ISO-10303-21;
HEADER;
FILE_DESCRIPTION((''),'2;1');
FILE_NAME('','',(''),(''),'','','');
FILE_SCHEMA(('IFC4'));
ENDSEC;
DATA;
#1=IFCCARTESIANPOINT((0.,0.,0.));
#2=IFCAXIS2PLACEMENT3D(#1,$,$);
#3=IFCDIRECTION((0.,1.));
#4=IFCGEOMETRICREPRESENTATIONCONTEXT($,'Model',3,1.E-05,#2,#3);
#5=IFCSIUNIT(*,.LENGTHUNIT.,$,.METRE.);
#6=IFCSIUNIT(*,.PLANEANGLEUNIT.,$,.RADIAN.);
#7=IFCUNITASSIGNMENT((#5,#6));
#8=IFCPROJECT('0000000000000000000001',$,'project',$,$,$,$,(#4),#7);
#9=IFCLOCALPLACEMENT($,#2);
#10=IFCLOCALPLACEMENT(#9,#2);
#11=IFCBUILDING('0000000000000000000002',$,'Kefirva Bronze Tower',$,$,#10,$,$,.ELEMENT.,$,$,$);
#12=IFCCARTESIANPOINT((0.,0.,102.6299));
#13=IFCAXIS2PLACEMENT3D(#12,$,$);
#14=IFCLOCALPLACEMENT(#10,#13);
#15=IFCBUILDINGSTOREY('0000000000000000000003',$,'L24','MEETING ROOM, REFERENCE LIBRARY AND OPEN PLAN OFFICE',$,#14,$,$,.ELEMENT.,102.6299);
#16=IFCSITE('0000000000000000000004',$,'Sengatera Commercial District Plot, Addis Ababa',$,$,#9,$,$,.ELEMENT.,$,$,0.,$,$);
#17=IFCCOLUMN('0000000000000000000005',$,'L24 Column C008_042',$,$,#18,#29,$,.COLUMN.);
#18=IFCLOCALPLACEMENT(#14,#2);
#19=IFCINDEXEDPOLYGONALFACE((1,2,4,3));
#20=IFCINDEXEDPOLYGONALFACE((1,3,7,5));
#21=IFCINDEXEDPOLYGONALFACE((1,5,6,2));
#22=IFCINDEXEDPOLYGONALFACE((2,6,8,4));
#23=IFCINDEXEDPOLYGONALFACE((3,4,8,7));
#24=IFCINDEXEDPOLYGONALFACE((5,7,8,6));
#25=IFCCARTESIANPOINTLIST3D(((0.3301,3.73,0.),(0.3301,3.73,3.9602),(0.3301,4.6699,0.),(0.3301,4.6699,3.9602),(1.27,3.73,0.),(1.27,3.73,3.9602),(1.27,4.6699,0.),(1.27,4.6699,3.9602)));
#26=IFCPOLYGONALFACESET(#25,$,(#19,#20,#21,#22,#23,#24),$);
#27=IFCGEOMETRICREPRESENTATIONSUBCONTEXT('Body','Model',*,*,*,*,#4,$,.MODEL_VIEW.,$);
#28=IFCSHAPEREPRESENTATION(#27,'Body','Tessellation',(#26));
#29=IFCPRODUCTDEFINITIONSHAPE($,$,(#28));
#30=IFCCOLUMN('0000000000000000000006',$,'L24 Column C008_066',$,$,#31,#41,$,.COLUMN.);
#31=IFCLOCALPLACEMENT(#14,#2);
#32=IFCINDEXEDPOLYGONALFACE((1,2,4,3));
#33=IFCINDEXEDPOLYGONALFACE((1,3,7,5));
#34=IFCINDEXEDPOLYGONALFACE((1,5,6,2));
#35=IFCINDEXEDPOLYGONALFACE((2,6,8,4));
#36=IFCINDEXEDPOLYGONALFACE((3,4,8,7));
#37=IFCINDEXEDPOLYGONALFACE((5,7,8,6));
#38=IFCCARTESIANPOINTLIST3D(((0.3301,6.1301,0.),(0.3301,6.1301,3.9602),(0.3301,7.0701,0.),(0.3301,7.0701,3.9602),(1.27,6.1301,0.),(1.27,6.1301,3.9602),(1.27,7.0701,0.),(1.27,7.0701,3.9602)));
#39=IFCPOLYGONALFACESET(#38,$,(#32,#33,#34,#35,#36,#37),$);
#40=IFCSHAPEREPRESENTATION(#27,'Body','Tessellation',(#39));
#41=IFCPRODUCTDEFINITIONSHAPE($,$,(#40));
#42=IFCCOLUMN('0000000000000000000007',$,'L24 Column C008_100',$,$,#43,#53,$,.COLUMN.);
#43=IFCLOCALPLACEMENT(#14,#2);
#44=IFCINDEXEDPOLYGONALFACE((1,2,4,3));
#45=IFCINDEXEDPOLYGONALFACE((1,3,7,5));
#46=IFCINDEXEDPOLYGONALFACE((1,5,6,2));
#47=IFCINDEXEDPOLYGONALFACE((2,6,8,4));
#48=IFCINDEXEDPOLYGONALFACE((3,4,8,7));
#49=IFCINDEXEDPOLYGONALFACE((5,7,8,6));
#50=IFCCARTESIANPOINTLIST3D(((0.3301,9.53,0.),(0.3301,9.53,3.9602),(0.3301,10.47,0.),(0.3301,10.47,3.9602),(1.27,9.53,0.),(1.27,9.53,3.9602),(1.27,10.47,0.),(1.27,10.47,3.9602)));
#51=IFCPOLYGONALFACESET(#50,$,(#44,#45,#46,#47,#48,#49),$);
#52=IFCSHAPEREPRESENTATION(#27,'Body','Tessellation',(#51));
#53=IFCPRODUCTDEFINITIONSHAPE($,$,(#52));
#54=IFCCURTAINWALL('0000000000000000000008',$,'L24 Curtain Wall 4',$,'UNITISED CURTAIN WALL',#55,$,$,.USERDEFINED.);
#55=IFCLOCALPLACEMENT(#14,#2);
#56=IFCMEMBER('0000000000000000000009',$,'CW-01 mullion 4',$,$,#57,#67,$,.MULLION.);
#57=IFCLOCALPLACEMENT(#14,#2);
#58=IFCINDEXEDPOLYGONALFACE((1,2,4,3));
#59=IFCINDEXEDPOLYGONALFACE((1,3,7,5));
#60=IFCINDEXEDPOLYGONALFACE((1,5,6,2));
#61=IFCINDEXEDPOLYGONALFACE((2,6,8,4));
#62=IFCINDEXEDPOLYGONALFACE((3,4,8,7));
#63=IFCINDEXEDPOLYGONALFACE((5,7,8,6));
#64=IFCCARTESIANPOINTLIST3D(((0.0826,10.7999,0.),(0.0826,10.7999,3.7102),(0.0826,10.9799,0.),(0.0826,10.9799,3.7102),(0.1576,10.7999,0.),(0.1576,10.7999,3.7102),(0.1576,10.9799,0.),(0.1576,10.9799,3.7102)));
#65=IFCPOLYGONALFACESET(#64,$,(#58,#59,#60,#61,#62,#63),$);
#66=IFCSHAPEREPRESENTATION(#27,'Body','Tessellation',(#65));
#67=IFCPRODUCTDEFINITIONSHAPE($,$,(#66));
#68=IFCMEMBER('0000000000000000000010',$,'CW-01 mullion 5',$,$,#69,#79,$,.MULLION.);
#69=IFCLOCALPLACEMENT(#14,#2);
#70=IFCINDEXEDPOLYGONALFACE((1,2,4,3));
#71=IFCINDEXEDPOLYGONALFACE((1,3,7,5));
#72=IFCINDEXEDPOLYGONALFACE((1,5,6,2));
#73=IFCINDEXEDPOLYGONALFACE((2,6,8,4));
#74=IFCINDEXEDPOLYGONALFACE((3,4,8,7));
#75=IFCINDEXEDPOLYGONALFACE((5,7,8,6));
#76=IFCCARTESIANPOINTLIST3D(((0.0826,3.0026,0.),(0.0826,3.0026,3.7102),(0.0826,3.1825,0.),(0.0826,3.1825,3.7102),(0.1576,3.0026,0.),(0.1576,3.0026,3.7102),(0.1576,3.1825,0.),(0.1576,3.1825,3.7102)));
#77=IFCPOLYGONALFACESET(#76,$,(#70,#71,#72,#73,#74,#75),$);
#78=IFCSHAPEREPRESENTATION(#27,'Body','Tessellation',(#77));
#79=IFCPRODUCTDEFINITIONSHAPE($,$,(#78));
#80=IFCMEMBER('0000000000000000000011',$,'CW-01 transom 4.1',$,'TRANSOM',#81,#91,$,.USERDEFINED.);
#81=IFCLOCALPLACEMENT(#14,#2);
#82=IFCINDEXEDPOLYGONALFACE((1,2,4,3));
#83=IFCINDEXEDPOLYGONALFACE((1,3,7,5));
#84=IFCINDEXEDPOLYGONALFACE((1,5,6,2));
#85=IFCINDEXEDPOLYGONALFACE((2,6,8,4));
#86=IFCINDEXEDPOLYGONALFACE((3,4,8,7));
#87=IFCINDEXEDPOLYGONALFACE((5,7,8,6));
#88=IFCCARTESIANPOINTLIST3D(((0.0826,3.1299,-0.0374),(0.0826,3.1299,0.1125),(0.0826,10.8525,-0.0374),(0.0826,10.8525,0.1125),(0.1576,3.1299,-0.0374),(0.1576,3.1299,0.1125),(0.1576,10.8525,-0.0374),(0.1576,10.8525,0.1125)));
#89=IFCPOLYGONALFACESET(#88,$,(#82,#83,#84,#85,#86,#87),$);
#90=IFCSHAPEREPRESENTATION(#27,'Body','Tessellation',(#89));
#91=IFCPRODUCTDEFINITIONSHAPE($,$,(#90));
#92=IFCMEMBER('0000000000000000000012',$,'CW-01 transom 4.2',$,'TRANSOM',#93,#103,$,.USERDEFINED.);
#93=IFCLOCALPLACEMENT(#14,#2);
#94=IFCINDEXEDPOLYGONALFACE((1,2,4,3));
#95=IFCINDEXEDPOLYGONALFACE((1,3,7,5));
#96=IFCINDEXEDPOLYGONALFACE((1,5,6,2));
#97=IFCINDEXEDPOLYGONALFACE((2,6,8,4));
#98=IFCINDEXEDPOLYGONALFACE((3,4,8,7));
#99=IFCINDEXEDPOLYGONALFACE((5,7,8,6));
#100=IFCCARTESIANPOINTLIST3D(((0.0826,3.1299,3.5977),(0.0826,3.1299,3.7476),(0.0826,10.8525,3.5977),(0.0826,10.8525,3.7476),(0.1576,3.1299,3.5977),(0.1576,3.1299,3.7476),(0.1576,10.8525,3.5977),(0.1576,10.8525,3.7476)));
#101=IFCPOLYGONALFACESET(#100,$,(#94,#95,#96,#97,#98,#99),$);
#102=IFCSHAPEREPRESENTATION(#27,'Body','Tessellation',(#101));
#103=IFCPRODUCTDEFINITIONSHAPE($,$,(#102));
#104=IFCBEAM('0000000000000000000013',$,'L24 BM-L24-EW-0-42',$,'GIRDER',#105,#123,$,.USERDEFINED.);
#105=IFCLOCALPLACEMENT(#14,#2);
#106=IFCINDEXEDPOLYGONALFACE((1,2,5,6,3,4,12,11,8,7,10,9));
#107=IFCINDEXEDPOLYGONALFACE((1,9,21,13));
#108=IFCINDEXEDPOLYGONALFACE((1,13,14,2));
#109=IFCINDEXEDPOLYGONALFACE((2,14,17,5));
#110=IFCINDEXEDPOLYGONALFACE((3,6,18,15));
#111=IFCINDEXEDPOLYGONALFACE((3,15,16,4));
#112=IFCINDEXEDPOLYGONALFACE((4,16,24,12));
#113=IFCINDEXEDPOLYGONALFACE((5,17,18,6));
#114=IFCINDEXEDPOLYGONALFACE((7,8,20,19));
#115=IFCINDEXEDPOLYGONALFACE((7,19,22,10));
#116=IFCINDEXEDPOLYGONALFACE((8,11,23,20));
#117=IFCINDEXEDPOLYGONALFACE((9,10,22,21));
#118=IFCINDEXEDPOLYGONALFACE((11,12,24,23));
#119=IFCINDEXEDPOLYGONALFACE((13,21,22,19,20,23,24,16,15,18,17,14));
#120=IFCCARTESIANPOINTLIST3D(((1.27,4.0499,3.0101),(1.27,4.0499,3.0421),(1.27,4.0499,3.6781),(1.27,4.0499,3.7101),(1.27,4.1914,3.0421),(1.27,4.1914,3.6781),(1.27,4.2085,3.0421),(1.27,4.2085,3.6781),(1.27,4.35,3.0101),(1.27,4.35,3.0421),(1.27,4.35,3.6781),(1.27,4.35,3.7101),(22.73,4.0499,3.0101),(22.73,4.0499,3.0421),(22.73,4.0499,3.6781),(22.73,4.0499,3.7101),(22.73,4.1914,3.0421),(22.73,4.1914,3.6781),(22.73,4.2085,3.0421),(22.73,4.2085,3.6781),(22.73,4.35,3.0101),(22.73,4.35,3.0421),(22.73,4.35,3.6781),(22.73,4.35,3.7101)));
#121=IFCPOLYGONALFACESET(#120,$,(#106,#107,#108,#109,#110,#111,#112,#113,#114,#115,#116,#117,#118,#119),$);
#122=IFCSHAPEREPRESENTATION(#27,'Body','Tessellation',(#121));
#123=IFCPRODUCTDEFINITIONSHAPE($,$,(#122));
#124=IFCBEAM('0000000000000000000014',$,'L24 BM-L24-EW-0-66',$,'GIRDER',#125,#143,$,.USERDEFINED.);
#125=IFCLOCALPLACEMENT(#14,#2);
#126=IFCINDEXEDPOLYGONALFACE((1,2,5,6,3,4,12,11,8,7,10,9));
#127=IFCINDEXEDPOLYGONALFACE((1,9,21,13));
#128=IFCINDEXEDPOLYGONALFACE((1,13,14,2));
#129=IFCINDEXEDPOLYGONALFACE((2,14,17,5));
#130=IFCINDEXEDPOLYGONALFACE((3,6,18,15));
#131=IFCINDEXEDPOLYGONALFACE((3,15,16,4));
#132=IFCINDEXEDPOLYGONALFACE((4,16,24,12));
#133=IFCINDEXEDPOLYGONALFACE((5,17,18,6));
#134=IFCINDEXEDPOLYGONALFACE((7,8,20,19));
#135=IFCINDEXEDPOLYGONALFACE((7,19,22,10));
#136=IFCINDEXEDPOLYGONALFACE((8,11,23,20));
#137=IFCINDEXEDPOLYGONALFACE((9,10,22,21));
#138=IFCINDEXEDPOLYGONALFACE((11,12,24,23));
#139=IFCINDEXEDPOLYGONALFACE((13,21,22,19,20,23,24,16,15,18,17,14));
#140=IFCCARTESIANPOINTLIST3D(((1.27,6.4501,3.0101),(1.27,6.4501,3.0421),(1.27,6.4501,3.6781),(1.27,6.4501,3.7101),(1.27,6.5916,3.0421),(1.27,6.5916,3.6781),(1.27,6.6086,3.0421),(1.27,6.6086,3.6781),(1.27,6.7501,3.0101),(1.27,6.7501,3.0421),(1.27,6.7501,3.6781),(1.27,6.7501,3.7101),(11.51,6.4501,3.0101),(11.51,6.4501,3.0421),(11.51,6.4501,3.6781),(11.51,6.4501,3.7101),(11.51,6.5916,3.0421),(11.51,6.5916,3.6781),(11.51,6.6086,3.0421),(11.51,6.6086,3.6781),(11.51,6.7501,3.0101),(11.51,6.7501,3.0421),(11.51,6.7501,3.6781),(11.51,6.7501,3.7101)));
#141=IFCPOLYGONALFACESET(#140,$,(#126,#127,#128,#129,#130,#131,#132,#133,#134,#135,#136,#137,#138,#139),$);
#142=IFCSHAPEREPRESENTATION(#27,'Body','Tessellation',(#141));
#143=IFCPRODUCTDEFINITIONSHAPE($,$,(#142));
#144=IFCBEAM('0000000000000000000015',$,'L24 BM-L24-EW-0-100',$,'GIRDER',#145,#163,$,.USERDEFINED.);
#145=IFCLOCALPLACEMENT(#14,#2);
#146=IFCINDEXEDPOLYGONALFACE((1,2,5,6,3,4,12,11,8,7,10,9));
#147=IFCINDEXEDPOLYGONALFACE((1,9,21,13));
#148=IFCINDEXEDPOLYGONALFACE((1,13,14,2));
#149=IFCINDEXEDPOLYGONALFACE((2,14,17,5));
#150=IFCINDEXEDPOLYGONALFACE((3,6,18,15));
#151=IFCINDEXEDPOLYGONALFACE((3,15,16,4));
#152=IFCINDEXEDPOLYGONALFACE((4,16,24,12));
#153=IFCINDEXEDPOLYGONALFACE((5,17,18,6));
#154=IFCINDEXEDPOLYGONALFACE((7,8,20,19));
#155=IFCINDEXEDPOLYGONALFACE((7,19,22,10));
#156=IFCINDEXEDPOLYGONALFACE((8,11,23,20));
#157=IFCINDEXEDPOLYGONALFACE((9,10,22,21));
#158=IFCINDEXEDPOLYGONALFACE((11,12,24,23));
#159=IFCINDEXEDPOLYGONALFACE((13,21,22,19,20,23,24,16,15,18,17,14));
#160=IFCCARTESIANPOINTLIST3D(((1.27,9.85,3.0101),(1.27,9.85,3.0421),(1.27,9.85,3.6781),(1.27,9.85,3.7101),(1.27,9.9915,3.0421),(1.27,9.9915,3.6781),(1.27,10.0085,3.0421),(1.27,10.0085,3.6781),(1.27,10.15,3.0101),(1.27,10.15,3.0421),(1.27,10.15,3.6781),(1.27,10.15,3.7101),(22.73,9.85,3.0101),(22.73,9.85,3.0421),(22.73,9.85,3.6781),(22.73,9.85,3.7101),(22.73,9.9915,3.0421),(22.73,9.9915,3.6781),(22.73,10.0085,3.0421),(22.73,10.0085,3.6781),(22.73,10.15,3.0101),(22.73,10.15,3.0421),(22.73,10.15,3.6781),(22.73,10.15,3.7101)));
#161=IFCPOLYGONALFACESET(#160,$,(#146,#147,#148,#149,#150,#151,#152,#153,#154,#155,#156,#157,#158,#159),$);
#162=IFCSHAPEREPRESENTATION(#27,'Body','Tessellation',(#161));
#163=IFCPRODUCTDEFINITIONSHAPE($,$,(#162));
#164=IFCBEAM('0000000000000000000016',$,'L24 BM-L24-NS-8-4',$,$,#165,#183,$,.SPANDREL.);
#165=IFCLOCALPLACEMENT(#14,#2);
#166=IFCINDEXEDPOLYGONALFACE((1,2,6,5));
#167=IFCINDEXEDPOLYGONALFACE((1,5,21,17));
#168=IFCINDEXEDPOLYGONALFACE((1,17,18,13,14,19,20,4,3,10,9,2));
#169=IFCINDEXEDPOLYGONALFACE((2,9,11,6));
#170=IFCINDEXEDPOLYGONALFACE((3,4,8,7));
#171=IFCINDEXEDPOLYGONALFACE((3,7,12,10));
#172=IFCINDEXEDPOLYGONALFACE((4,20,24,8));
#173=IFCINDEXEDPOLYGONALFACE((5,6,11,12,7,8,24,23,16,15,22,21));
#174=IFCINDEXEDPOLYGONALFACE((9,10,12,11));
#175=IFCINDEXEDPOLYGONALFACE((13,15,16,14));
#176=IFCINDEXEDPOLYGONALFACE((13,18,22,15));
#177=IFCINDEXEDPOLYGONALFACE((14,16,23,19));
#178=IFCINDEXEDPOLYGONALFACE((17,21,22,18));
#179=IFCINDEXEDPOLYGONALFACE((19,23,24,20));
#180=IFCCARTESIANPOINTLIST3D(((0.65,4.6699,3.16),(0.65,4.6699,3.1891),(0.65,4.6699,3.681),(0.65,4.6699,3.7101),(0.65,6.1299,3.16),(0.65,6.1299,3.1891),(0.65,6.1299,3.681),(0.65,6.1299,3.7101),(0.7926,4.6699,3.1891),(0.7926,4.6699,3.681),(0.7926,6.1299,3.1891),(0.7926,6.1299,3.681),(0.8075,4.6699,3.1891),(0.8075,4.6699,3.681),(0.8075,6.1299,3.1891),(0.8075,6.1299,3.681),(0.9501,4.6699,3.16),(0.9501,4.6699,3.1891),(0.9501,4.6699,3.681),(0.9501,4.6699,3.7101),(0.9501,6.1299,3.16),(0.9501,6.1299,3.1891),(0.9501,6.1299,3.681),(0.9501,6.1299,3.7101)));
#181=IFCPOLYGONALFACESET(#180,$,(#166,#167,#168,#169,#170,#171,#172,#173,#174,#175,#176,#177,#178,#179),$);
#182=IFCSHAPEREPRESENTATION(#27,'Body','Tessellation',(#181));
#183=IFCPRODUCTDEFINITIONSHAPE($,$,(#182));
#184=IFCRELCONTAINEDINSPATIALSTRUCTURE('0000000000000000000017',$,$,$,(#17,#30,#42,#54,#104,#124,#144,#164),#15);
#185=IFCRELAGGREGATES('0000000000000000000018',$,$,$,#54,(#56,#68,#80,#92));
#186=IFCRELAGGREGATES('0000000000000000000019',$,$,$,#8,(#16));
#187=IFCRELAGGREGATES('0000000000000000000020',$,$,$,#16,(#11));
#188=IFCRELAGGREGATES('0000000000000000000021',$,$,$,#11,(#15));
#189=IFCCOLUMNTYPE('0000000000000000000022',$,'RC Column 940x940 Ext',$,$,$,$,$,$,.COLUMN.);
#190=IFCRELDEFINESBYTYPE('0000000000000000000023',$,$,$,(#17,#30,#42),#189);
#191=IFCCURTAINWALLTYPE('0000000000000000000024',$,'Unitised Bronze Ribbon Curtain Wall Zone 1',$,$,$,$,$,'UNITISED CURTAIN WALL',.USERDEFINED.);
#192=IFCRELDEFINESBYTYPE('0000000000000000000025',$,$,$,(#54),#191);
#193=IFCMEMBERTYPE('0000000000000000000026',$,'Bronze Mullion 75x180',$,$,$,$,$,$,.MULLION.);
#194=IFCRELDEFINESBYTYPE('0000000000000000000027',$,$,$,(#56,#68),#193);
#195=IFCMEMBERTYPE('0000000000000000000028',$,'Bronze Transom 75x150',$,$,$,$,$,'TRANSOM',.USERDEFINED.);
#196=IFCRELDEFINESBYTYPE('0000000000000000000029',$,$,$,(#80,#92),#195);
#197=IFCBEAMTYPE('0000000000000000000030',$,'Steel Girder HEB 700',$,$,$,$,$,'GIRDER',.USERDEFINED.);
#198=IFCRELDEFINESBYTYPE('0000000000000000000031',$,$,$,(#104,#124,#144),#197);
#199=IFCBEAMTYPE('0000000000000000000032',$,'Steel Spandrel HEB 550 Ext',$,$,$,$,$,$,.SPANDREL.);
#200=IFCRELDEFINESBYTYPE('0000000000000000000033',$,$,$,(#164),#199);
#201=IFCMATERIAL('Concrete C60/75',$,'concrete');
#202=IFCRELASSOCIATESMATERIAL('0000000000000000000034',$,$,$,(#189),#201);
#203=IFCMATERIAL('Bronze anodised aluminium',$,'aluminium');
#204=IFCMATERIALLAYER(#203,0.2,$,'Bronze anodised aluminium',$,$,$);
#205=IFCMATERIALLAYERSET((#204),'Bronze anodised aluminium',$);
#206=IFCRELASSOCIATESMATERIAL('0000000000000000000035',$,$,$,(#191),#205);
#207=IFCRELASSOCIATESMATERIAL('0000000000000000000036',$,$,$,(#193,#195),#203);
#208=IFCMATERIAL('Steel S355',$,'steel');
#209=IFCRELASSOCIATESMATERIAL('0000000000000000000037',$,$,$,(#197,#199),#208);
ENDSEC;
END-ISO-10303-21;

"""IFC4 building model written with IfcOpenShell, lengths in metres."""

from ifc_helpers import new_model, si_unit, direction, frame, origin, origin_2d, place, context, subcontext, project, spatial, rectangle, i_section, extrude, material, layer, layer_set, material_profile, profile_set, type_object, element, aggregate, save


model = new_model("IFC4")

# Units and contexts
model_context = context("Model", 3, precision=1e-05, world=origin(), true_north=direction((0.0, 1.0)))
body_context = subcontext(model_context, "Body", "Model", "MODEL_VIEW")
ifc_project = project(units=[si_unit("LENGTHUNIT", "METRE"), si_unit("PLANEANGLEUNIT", "RADIAN")], contexts=[model_context])

# Site, building, storey
site_placement = place(None, origin())
site = spatial("IfcSite", under=ifc_project, at=site_placement, Name="Sengatera Commercial District Plot, Addis Ababa", CompositionType="ELEMENT", RefElevation=0.0)
building_placement = place(site_placement, origin())
building = spatial("IfcBuilding", under=site, at=building_placement, Name="Kefirva Bronze Tower", CompositionType="ELEMENT")
storey_placement = place(building_placement, frame((0.0, 0.0, 102.6299)))
storey = spatial("IfcBuildingStorey", under=building, at=storey_placement, Name="L24", Description="MEETING ROOM, REFERENCE LIBRARY AND OPEN PLAN OFFICE", CompositionType="ELEMENT", Elevation=102.6299)

# Columns
ifc_material_1 = material(Name="Concrete C60/75", Category="concrete")
ifc_material_profile_1 = material_profile(ifc_material_1, rectangle(XDim=0.9399, YDim=0.9399, at=origin_2d()), Name="RC 940x940")
ifc_profile_set_1 = profile_set([ifc_material_profile_1], Name="Concrete C60/75")
column_type = type_object("IfcColumnType", Name="RC Column 940x940 Ext", PredefinedType="COLUMN", material=ifc_profile_set_1)
for number, where, z_axis, x_axis, name in (
    (1, (0.8, 4.2, 0.0), (0.0, 0.0, 1.0), (1.0, 0.0, 0.0), "L24 Column C008_042"),
    (2, (0.8, 6.6001, 0.0), (0.0, 0.0, 1.0), (1.0, 0.0, 0.0), "L24 Column C008_066"),
    (3, (0.8, 10.0, 0.0), (0.0, 0.0, 1.0), (1.0, 0.0, 0.0), "L24 Column C008_100"),
):
    element("IfcColumn", number, at=place(storey_placement, frame(where, z_axis=z_axis, x_axis=x_axis)), inside=storey, type_object=column_type, Name=name, PredefinedType="COLUMN", context=body_context, shape_type="SweptSolid", body=[
        extrude(rectangle(XDim=0.9399, YDim=0.9399, at=origin_2d()), origin(), (0.0, 0.0, 1.0), 3.9602),
    ])

# Curtain wall, members
ifc_material_2 = material(Name="Bronze anodised aluminium", Category="aluminium")
ifc_layer_1 = layer(ifc_material_2, 0.2, Name="Bronze anodised aluminium")
ifc_layer_set_1 = layer_set([ifc_layer_1], Name="Bronze anodised aluminium")
curtain_wall_type = type_object("IfcCurtainWallType", Name="Unitised Bronze Ribbon Curtain Wall Zone 1", ElementType="UNITISED CURTAIN WALL", PredefinedType="USERDEFINED", material=ifc_layer_set_1)
curtain_wall_placement = place(storey_placement, origin())
curtain_wall = element("IfcCurtainWall", 4, at=curtain_wall_placement, inside=storey, type_object=curtain_wall_type, Name="L24 Curtain Wall 4", ObjectType="UNITISED CURTAIN WALL", PredefinedType="USERDEFINED")
ifc_material_profile_2 = material_profile(ifc_material_2, rectangle(XDim=0.075, YDim=0.1799, at=origin_2d()), Name="ALU 75x180")
ifc_profile_set_2 = profile_set([ifc_material_profile_2], Name="Bronze anodised aluminium")
member_type_1 = type_object("IfcMemberType", Name="Bronze Mullion 75x180", PredefinedType="MULLION", material=ifc_profile_set_2)
member_1_placement = place(storey_placement, frame((0.1201, 10.8899, 0.0), z_axis=(0.0, 0.0, 1.0), x_axis=(1.0, 0.0, 0.0)))
member_1 = element("IfcMember", 5, at=member_1_placement, type_object=member_type_1, Name="CW-01 mullion 4", PredefinedType="MULLION", context=body_context, shape_type="SweptSolid", body=[
    extrude(rectangle(XDim=0.075, YDim=0.1799, at=origin_2d()), origin(), (0.0, 0.0, 1.0), 3.7102),
])
member_2_placement = place(storey_placement, frame((0.1201, 3.0925, 0.0), z_axis=(0.0, 0.0, 1.0), x_axis=(1.0, 0.0, 0.0)))
member_2 = element("IfcMember", 6, at=member_2_placement, type_object=member_type_1, Name="CW-01 mullion 5", PredefinedType="MULLION", context=body_context, shape_type="SweptSolid", body=[
    extrude(rectangle(XDim=0.075, YDim=0.1799, at=origin_2d()), origin(), (0.0, 0.0, 1.0), 3.7102),
])
ifc_material_profile_3 = material_profile(ifc_material_2, rectangle(XDim=0.075, YDim=0.1499, at=origin_2d()), Name="ALU 75x150")
ifc_profile_set_3 = profile_set([ifc_material_profile_3], Name="Bronze anodised aluminium")
member_type_2 = type_object("IfcMemberType", Name="Bronze Transom 75x150", ElementType="TRANSOM", PredefinedType="USERDEFINED", material=ifc_profile_set_3)
member_3_placement = place(storey_placement, frame((0.1201, 10.8525, 0.0376), z_axis=(0.0, -1.0, 0.0), x_axis=(1.0, 0.0, 0.0)))
member_3 = element("IfcMember", 7, at=member_3_placement, type_object=member_type_2, Name="CW-01 transom 4.1", ObjectType="TRANSOM", PredefinedType="USERDEFINED", context=body_context, shape_type="SweptSolid", body=[
    extrude(rectangle(XDim=0.075, YDim=0.1499, at=origin_2d()), origin(), (0.0, 0.0, 1.0), 7.7227),
])
member_4_placement = place(storey_placement, frame((0.1201, 10.8525, 3.6726), z_axis=(0.0, -1.0, 0.0), x_axis=(1.0, 0.0, 0.0)))
member_4 = element("IfcMember", 8, at=member_4_placement, type_object=member_type_2, Name="CW-01 transom 4.2", ObjectType="TRANSOM", PredefinedType="USERDEFINED", context=body_context, shape_type="SweptSolid", body=[
    extrude(rectangle(XDim=0.075, YDim=0.1499, at=origin_2d()), origin(), (0.0, 0.0, 1.0), 7.7227),
])

# Beams
ifc_material_3 = material(Name="Steel S355", Category="steel")
ifc_material_profile_4 = material_profile(ifc_material_3, i_section(OverallWidth=0.3, OverallDepth=0.7, WebThickness=0.0171, FlangeThickness=0.032, at=origin_2d()), Name="HEB 700")
ifc_profile_set_4 = profile_set([ifc_material_profile_4], Name="Steel S355")
beam_type_1 = type_object("IfcBeamType", Name="Steel Girder HEB 700", ElementType="GIRDER", PredefinedType="USERDEFINED", material=ifc_profile_set_4)
beam_1_placement = place(storey_placement, frame((1.27, 4.2, 3.3601), z_axis=(1.0, 0.0, 0.0), x_axis=(0.0, 1.0, 0.0)))
element("IfcBeam", 9, at=beam_1_placement, inside=storey, type_object=beam_type_1, Name="L24 BM-L24-EW-0-42", ObjectType="GIRDER", PredefinedType="USERDEFINED", context=body_context, shape_type="SweptSolid", body=[
    extrude(i_section(OverallWidth=0.3, OverallDepth=0.7, WebThickness=0.0171, FlangeThickness=0.032, at=origin_2d()), origin(), (0.0, 0.0, 1.0), 21.46),
])
beam_2_placement = place(storey_placement, frame((1.27, 6.6001, 3.3601), z_axis=(1.0, 0.0, 0.0), x_axis=(0.0, 1.0, 0.0)))
element("IfcBeam", 10, at=beam_2_placement, inside=storey, type_object=beam_type_1, Name="L24 BM-L24-EW-0-66", ObjectType="GIRDER", PredefinedType="USERDEFINED", context=body_context, shape_type="SweptSolid", body=[
    extrude(i_section(OverallWidth=0.3, OverallDepth=0.7, WebThickness=0.0171, FlangeThickness=0.032, at=origin_2d()), origin(), (0.0, 0.0, 1.0), 10.24),
])
beam_3_placement = place(storey_placement, frame((1.27, 10.0, 3.3601), z_axis=(1.0, 0.0, 0.0), x_axis=(0.0, 1.0, 0.0)))
element("IfcBeam", 11, at=beam_3_placement, inside=storey, type_object=beam_type_1, Name="L24 BM-L24-EW-0-100", ObjectType="GIRDER", PredefinedType="USERDEFINED", context=body_context, shape_type="SweptSolid", body=[
    extrude(i_section(OverallWidth=0.3, OverallDepth=0.7, WebThickness=0.0171, FlangeThickness=0.032, at=origin_2d()), origin(), (0.0, 0.0, 1.0), 21.46),
])
ifc_material_profile_5 = material_profile(ifc_material_3, i_section(OverallWidth=0.3, OverallDepth=0.55, WebThickness=0.0149, FlangeThickness=0.0291, at=origin_2d()), Name="HEB 550")
ifc_profile_set_5 = profile_set([ifc_material_profile_5], Name="Steel S355")
beam_type_2 = type_object("IfcBeamType", Name="Steel Spandrel HEB 550 Ext", PredefinedType="SPANDREL", material=ifc_profile_set_5)
beam_4_placement = place(storey_placement, frame((0.8, 4.6699, 3.4351), z_axis=(0.0, 1.0, 0.0), x_axis=(-1.0, 0.0, 0.0)))
element("IfcBeam", 12, at=beam_4_placement, inside=storey, type_object=beam_type_2, Name="L24 BM-L24-NS-8-4", PredefinedType="SPANDREL", context=body_context, shape_type="SweptSolid", body=[
    extrude(i_section(OverallWidth=0.3, OverallDepth=0.55, WebThickness=0.0149, FlangeThickness=0.0291, at=origin_2d()), origin(), (0.0, 0.0, 1.0), 1.46),
])

aggregate(curtain_wall, [member_1, member_2, member_3, member_4])

save(model, "model.ifc")
